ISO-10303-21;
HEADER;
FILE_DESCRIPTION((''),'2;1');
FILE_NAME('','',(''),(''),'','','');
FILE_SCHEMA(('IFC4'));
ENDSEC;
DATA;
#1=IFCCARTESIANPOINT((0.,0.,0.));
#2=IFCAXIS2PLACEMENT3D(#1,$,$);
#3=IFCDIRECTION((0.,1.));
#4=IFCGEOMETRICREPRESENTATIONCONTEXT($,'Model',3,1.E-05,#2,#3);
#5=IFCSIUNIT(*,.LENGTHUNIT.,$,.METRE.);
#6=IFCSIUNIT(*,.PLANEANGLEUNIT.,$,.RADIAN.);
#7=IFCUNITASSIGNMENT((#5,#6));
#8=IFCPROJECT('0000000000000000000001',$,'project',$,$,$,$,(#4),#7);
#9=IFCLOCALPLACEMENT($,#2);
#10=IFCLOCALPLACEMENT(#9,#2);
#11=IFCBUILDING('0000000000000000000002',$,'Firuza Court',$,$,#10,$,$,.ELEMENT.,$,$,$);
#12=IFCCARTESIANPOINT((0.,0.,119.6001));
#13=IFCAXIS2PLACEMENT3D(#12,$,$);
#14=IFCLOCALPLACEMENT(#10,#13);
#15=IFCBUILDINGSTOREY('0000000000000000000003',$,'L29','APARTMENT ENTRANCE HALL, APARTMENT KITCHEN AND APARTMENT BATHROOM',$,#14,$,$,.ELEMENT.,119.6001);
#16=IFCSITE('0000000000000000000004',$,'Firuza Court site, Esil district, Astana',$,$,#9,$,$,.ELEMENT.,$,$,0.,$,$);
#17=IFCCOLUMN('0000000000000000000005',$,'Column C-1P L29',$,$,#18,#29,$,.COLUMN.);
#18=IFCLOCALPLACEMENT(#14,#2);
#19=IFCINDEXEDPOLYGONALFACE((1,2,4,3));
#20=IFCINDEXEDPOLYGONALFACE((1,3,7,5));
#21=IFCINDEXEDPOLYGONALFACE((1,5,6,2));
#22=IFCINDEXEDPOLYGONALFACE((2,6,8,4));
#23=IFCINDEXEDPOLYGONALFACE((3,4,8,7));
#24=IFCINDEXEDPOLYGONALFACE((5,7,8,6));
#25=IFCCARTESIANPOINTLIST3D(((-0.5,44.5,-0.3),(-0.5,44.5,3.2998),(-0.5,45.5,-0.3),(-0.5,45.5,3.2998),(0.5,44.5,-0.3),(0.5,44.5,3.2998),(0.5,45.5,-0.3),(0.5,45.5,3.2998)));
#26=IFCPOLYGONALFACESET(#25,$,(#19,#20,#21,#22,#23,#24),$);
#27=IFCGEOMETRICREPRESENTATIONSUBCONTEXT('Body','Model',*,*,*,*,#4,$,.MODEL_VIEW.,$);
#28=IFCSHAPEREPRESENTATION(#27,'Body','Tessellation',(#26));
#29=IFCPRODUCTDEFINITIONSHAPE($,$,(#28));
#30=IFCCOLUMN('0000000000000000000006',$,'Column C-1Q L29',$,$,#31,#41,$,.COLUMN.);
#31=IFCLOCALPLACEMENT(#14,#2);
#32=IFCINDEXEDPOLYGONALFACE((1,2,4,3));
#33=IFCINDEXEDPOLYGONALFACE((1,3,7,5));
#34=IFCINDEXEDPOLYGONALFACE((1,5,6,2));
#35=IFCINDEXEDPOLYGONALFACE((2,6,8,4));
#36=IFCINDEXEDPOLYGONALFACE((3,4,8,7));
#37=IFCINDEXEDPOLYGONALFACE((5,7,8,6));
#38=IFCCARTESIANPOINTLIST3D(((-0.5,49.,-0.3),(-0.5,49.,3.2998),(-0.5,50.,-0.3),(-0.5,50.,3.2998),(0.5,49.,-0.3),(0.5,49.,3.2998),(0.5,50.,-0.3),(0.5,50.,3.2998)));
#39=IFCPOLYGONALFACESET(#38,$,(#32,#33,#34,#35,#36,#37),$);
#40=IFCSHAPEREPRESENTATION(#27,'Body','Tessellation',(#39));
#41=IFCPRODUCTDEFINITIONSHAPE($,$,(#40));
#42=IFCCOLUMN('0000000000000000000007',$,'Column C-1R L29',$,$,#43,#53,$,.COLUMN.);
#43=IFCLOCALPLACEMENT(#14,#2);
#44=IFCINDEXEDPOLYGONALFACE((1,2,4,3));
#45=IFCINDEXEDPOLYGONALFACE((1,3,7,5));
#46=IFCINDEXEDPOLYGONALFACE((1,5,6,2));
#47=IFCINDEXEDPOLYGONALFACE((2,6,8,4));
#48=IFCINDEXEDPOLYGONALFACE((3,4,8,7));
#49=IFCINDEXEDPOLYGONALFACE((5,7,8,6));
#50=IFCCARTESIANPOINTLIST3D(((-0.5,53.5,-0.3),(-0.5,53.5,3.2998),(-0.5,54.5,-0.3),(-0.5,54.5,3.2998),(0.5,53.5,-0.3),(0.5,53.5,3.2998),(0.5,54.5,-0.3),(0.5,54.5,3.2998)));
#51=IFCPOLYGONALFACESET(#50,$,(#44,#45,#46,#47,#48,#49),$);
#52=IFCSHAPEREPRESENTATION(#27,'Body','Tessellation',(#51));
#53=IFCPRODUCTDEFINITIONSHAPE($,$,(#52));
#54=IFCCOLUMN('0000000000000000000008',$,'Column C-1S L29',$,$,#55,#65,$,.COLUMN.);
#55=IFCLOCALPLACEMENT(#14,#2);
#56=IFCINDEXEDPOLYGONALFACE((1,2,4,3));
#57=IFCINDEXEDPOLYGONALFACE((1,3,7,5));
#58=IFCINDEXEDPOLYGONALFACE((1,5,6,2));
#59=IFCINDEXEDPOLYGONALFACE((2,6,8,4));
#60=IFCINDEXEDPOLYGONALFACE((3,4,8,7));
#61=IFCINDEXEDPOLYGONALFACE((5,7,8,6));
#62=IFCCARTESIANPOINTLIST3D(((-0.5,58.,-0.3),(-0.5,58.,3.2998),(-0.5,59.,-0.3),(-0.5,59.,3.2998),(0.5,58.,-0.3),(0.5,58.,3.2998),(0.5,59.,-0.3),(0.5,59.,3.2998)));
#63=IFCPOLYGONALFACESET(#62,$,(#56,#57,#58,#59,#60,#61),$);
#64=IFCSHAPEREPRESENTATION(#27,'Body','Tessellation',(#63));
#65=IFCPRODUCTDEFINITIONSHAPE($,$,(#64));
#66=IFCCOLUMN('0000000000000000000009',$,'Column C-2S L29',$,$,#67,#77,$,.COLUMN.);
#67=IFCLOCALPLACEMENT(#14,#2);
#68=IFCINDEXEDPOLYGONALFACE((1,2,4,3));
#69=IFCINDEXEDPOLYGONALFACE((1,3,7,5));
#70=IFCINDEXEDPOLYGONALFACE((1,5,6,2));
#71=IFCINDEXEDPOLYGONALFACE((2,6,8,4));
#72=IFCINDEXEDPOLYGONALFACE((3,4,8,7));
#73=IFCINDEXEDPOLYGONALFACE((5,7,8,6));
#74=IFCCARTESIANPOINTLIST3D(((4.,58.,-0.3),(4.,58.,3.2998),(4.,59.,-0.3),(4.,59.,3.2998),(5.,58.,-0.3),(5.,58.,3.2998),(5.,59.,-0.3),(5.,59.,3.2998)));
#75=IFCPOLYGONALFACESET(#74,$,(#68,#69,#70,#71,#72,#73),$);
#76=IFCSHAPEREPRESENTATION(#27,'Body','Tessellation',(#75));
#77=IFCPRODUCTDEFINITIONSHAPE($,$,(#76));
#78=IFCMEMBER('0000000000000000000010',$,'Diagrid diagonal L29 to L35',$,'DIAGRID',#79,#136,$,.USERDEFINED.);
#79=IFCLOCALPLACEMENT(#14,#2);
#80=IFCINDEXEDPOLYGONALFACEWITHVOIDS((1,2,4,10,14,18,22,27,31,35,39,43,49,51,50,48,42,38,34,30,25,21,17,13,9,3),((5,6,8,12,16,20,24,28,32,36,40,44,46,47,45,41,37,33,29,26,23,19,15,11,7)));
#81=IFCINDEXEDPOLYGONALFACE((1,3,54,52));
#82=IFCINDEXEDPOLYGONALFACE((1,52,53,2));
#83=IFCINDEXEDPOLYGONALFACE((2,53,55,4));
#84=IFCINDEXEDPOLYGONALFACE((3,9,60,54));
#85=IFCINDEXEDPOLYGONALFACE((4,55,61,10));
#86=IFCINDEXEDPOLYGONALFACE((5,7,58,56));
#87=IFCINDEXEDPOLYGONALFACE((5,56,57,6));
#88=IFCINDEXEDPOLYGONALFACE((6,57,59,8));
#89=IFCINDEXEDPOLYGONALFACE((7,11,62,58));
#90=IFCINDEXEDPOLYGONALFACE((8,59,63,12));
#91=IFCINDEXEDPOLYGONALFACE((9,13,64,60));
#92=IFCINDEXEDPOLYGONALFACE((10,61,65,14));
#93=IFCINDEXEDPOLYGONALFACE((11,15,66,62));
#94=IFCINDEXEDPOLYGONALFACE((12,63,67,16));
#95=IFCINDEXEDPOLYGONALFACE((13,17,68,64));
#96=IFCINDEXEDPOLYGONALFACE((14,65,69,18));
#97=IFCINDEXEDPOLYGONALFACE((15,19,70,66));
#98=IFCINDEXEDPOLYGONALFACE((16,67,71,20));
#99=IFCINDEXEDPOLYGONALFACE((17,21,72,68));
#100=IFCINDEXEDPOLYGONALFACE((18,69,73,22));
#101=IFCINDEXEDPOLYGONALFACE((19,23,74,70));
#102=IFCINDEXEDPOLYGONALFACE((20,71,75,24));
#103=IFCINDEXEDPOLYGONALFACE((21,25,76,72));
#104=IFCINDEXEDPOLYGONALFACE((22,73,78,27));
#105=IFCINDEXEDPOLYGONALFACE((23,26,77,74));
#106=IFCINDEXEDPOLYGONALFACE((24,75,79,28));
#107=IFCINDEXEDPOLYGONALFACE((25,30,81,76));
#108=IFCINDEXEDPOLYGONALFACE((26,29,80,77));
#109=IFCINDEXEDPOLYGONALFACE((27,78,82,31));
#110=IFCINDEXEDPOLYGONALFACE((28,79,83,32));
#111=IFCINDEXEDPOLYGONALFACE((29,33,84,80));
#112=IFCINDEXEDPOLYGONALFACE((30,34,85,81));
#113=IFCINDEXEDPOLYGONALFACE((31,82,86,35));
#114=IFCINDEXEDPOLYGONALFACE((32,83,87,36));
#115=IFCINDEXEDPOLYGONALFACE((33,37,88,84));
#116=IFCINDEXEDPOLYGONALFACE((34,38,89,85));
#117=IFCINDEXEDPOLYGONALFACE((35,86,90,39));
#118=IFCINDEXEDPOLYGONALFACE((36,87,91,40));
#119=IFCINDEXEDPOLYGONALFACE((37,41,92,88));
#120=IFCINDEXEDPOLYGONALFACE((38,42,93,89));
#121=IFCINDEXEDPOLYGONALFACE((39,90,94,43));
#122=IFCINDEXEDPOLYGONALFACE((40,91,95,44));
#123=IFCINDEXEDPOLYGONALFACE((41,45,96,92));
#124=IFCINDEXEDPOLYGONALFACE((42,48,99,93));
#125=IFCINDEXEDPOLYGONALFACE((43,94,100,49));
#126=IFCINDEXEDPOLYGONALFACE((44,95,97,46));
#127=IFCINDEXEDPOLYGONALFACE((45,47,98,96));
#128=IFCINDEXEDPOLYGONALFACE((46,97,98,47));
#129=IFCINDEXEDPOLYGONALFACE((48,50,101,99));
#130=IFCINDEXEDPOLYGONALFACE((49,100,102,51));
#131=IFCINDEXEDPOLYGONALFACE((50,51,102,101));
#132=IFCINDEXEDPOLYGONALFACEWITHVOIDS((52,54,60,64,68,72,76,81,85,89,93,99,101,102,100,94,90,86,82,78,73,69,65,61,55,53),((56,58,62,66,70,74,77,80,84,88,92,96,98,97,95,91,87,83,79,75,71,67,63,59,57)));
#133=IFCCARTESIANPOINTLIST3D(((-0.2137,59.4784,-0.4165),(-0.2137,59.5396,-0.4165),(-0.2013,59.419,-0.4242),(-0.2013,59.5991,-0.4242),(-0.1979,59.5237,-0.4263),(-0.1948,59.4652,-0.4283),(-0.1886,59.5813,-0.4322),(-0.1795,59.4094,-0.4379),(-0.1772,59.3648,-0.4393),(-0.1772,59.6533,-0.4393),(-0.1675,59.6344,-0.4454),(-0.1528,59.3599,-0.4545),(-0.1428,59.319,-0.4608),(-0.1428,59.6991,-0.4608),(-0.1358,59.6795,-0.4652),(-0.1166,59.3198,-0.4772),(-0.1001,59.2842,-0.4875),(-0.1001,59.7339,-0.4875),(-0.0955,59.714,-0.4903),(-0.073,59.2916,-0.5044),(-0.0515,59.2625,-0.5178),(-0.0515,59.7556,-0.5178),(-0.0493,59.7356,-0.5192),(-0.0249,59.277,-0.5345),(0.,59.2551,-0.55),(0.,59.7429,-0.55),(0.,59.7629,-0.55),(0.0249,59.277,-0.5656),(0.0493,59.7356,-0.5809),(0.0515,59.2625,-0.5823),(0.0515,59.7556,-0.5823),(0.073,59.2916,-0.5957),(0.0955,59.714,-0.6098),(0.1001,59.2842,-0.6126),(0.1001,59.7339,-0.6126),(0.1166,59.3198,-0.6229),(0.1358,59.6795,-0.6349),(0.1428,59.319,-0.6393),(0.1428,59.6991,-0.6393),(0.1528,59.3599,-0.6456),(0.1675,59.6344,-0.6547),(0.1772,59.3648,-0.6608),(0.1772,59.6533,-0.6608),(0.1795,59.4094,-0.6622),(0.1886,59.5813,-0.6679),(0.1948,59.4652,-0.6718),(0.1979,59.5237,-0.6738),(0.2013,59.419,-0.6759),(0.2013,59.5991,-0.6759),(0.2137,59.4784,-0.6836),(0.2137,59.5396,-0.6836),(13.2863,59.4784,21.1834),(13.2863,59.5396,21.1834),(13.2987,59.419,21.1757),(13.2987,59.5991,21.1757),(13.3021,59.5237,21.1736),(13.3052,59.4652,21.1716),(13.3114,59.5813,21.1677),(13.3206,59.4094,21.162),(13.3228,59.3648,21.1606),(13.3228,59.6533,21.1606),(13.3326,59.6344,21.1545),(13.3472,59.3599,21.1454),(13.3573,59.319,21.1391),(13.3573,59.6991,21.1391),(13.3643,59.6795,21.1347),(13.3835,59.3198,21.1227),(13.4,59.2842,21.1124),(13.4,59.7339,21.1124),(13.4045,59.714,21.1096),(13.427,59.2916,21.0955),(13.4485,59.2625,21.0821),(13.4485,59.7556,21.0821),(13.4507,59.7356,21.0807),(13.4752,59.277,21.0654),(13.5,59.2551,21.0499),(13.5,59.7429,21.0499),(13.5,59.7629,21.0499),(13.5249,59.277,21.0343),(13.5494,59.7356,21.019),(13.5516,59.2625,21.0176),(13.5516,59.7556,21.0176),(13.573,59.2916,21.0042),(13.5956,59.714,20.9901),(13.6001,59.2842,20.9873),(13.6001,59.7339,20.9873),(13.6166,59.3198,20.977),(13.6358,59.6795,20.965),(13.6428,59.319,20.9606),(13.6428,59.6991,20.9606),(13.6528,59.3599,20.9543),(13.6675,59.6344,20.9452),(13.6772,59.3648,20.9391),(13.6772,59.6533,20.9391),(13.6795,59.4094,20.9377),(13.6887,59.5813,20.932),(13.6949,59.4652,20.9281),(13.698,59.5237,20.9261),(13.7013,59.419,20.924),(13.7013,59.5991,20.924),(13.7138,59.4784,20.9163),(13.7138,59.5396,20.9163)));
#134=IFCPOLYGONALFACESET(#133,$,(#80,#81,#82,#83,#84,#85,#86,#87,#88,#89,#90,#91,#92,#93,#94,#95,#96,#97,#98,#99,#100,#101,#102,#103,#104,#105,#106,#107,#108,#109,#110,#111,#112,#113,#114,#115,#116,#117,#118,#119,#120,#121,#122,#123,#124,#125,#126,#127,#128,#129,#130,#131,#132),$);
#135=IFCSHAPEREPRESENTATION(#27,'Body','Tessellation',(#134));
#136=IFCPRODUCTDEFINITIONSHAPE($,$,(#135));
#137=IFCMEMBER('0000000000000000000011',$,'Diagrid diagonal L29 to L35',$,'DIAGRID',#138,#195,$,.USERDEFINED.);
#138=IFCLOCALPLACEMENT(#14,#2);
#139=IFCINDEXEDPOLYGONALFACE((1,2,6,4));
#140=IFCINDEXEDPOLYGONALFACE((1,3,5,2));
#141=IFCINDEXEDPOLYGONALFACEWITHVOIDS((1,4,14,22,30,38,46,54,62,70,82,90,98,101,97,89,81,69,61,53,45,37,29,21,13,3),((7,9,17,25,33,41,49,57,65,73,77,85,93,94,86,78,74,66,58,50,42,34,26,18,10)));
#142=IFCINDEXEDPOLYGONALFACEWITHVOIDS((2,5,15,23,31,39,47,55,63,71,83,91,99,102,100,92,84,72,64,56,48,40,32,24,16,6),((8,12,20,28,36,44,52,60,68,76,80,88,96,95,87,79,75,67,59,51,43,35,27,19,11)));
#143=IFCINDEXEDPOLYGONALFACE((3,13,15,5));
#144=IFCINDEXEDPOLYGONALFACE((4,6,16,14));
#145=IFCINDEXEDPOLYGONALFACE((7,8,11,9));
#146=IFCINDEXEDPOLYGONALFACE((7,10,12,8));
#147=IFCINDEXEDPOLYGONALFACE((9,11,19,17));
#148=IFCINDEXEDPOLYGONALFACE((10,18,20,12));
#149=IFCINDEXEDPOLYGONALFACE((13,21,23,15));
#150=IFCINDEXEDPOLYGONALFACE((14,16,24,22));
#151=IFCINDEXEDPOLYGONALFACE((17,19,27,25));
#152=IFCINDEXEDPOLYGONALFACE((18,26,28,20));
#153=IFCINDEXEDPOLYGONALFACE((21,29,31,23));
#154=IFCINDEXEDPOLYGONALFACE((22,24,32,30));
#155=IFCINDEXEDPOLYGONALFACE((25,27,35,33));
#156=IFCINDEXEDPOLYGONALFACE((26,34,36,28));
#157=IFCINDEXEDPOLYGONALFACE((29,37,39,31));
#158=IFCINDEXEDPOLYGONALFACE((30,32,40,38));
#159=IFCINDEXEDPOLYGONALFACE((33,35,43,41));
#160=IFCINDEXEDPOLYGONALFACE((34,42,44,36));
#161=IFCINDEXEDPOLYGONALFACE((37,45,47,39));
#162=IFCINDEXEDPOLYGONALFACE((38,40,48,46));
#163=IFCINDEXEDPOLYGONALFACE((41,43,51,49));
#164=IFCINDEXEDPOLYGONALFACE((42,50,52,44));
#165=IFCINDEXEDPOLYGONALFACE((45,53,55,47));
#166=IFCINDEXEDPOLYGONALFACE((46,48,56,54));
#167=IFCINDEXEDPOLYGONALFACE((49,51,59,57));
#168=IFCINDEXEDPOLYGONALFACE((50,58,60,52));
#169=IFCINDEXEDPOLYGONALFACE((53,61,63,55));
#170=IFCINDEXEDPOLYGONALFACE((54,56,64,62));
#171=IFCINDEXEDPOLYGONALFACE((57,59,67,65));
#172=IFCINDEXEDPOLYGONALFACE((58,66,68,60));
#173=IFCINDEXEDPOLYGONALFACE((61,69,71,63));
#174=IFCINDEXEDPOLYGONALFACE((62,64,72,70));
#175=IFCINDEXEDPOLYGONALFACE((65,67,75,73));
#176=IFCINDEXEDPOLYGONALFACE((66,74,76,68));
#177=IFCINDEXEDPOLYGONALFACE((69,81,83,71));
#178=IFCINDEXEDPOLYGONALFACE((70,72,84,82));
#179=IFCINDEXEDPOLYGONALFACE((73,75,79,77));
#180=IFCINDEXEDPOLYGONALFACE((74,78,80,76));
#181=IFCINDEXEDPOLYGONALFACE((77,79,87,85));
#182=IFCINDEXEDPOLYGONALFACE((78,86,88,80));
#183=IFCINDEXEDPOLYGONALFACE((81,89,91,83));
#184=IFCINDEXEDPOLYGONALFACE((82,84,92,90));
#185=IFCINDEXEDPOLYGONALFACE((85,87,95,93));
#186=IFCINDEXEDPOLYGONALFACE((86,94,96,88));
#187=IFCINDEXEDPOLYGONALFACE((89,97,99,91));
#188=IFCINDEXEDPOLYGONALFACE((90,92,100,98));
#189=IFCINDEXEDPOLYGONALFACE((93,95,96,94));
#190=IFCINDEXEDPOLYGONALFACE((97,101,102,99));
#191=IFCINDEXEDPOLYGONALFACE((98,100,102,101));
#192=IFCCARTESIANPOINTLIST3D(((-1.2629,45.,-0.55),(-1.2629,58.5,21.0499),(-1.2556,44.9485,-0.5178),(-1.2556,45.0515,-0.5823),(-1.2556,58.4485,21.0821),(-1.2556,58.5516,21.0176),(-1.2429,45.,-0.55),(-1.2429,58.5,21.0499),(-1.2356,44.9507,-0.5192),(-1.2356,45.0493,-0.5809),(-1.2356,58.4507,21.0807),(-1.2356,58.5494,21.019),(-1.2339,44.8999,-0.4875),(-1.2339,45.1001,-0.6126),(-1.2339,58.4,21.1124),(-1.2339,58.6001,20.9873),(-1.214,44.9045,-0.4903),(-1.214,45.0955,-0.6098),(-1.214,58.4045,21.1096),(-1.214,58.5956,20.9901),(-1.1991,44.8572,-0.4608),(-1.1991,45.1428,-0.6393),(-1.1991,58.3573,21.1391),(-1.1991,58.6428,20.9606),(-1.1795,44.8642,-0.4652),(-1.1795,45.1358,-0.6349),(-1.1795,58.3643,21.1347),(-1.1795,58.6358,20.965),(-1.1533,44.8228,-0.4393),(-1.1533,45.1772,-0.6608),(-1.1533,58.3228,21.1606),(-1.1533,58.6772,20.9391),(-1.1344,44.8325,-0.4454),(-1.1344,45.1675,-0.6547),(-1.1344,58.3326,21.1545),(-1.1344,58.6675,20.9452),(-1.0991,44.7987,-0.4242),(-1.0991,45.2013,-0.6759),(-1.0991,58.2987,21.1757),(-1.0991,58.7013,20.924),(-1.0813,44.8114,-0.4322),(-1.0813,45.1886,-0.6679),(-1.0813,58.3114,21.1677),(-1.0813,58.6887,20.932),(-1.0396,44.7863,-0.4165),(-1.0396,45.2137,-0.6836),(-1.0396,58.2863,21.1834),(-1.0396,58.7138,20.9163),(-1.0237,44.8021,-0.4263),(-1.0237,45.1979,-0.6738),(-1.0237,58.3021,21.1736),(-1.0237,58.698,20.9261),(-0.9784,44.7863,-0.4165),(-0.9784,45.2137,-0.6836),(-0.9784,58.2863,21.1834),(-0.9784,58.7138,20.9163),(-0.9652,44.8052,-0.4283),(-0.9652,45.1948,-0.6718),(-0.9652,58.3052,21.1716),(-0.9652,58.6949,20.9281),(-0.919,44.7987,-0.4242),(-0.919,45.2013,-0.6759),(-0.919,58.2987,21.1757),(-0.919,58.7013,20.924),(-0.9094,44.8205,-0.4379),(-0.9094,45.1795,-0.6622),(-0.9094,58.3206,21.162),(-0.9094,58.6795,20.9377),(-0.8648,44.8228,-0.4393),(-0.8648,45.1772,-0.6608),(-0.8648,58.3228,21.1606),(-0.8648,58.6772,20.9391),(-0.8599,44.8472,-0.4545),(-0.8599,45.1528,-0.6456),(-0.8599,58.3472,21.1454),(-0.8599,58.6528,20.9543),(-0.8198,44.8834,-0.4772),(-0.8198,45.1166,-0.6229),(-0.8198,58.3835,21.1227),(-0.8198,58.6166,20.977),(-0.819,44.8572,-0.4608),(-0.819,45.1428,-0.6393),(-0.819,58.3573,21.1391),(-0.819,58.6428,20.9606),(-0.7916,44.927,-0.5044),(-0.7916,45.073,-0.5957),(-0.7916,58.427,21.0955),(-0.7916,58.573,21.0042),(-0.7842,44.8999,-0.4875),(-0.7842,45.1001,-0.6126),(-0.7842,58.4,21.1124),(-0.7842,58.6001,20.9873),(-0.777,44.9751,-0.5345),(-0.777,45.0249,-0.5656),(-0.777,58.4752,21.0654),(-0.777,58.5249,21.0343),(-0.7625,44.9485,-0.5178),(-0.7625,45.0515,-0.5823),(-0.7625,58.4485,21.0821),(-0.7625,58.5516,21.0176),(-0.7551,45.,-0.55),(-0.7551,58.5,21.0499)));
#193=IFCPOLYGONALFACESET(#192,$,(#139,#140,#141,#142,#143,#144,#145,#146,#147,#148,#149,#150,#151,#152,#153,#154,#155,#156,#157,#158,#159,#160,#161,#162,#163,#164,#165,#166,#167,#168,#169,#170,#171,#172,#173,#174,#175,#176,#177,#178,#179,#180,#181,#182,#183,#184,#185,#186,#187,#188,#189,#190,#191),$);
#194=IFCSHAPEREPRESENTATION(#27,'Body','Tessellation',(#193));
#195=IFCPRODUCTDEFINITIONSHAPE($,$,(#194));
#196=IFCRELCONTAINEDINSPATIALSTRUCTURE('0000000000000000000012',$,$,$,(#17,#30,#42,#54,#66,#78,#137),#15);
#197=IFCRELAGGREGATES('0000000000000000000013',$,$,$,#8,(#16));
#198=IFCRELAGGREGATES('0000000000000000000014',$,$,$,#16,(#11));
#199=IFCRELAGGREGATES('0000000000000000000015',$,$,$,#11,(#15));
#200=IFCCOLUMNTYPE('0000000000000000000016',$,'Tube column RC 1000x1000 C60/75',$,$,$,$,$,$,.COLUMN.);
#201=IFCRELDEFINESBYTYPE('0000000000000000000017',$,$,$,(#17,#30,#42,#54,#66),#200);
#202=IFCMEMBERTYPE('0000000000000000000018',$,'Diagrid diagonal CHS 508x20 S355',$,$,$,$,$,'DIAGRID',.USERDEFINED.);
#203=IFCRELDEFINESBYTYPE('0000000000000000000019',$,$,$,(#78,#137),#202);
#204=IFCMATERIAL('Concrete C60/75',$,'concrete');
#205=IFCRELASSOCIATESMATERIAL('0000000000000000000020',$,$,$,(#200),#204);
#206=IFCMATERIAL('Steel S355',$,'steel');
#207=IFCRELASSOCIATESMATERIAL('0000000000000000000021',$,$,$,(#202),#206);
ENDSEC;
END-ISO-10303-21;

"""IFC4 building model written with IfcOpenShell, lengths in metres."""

from ifc_helpers import new_model, si_unit, direction, frame, origin, origin_2d, place, context, subcontext, project, spatial, rectangle, hollow_circle, extrude, material, material_profile, profile_set, type_object, element, save


model = new_model("IFC4")

# Units and contexts
model_context = context("Model", 3, precision=1e-05, world=origin(), true_north=direction((0.0, 1.0)))
body_context = subcontext(model_context, "Body", "Model", "MODEL_VIEW")
ifc_project = project(units=[si_unit("LENGTHUNIT", "METRE"), si_unit("PLANEANGLEUNIT", "RADIAN")], contexts=[model_context])

# Site, building, storey
site_placement = place(None, origin())
site = spatial("IfcSite", under=ifc_project, at=site_placement, Name="Firuza Court site, Esil district, Astana", CompositionType="ELEMENT", RefElevation=0.0)
building_placement = place(site_placement, origin())
building = spatial("IfcBuilding", under=site, at=building_placement, Name="Firuza Court", CompositionType="ELEMENT")
storey_placement = place(building_placement, frame((0.0, 0.0, 119.6001)))
storey = spatial("IfcBuildingStorey", under=building, at=storey_placement, Name="L29", Description="APARTMENT ENTRANCE HALL, APARTMENT KITCHEN AND APARTMENT BATHROOM", CompositionType="ELEMENT", Elevation=119.6001)

# Columns
ifc_material_1 = material(Name="Concrete C60/75", Category="concrete")
ifc_material_profile_1 = material_profile(ifc_material_1, rectangle(XDim=1.0, YDim=1.0, at=origin_2d()), Name="RC 1000x1000")
ifc_profile_set_1 = profile_set([ifc_material_profile_1], Name="Concrete C60/75")
column_type = type_object("IfcColumnType", Name="Tube column RC 1000x1000 C60/75", PredefinedType="COLUMN", material=ifc_profile_set_1)
for number, where, z_axis, x_axis, name in (
    (1, (0.0, 45.0, -0.3), (0.0, 0.0, 1.0), (1.0, 0.0, 0.0), "Column C-1P L29"),
    (2, (0.0, 49.5, -0.3), (0.0, 0.0, 1.0), (1.0, 0.0, 0.0), "Column C-1Q L29"),
    (3, (0.0, 54.0, -0.3), (0.0, 0.0, 1.0), (1.0, 0.0, 0.0), "Column C-1R L29"),
    (4, (0.0, 58.5, -0.3), (0.0, 0.0, 1.0), (1.0, 0.0, 0.0), "Column C-1S L29"),
    (5, (4.5, 58.5, -0.3), (0.0, 0.0, 1.0), (1.0, 0.0, 0.0), "Column C-2S L29"),
):
    element("IfcColumn", number, at=place(storey_placement, frame(where, z_axis=z_axis, x_axis=x_axis)), inside=storey, type_object=column_type, Name=name, PredefinedType="COLUMN", context=body_context, shape_type="SweptSolid", body=[
        extrude(rectangle(XDim=1.0, YDim=1.0, at=origin_2d()), origin(), (0.0, 0.0, 1.0), 3.5999),
    ])

# Members
ifc_material_2 = material(Name="Steel S355", Category="steel")
ifc_material_profile_2 = material_profile(ifc_material_2, hollow_circle(Radius=0.2539, WallThickness=0.02, at=origin_2d()), Name="CHS 508x20")
ifc_profile_set_2 = profile_set([ifc_material_profile_2], Name="Steel S355")
member_type = type_object("IfcMemberType", Name="Diagrid diagonal CHS 508x20 S355", ElementType="DIAGRID", PredefinedType="USERDEFINED", material=ifc_profile_set_2)
for number, where, z_axis, x_axis, name in (
    (6, (0.0, 59.509, -0.55), (0.530002, 0.0, 0.847997), (0.0, 1.0, 0.0), "Diagrid diagonal L29 to L35"),
    (7, (-1.009, 45.0, -0.55), (0.0, 0.530002, 0.847997), (-1.0, 0.0, 0.0), "Diagrid diagonal L29 to L35"),
):
    element("IfcMember", number, at=place(storey_placement, frame(where, z_axis=z_axis, x_axis=x_axis)), inside=storey, type_object=member_type, Name=name, ObjectType="DIAGRID", PredefinedType="USERDEFINED", context=body_context, shape_type="SweptSolid", body=[
        extrude(hollow_circle(Radius=0.2539, WallThickness=0.02, at=origin_2d()), origin(), (0.0, 0.0, 1.0), 25.4717),
    ])

save(model, "model.ifc")
